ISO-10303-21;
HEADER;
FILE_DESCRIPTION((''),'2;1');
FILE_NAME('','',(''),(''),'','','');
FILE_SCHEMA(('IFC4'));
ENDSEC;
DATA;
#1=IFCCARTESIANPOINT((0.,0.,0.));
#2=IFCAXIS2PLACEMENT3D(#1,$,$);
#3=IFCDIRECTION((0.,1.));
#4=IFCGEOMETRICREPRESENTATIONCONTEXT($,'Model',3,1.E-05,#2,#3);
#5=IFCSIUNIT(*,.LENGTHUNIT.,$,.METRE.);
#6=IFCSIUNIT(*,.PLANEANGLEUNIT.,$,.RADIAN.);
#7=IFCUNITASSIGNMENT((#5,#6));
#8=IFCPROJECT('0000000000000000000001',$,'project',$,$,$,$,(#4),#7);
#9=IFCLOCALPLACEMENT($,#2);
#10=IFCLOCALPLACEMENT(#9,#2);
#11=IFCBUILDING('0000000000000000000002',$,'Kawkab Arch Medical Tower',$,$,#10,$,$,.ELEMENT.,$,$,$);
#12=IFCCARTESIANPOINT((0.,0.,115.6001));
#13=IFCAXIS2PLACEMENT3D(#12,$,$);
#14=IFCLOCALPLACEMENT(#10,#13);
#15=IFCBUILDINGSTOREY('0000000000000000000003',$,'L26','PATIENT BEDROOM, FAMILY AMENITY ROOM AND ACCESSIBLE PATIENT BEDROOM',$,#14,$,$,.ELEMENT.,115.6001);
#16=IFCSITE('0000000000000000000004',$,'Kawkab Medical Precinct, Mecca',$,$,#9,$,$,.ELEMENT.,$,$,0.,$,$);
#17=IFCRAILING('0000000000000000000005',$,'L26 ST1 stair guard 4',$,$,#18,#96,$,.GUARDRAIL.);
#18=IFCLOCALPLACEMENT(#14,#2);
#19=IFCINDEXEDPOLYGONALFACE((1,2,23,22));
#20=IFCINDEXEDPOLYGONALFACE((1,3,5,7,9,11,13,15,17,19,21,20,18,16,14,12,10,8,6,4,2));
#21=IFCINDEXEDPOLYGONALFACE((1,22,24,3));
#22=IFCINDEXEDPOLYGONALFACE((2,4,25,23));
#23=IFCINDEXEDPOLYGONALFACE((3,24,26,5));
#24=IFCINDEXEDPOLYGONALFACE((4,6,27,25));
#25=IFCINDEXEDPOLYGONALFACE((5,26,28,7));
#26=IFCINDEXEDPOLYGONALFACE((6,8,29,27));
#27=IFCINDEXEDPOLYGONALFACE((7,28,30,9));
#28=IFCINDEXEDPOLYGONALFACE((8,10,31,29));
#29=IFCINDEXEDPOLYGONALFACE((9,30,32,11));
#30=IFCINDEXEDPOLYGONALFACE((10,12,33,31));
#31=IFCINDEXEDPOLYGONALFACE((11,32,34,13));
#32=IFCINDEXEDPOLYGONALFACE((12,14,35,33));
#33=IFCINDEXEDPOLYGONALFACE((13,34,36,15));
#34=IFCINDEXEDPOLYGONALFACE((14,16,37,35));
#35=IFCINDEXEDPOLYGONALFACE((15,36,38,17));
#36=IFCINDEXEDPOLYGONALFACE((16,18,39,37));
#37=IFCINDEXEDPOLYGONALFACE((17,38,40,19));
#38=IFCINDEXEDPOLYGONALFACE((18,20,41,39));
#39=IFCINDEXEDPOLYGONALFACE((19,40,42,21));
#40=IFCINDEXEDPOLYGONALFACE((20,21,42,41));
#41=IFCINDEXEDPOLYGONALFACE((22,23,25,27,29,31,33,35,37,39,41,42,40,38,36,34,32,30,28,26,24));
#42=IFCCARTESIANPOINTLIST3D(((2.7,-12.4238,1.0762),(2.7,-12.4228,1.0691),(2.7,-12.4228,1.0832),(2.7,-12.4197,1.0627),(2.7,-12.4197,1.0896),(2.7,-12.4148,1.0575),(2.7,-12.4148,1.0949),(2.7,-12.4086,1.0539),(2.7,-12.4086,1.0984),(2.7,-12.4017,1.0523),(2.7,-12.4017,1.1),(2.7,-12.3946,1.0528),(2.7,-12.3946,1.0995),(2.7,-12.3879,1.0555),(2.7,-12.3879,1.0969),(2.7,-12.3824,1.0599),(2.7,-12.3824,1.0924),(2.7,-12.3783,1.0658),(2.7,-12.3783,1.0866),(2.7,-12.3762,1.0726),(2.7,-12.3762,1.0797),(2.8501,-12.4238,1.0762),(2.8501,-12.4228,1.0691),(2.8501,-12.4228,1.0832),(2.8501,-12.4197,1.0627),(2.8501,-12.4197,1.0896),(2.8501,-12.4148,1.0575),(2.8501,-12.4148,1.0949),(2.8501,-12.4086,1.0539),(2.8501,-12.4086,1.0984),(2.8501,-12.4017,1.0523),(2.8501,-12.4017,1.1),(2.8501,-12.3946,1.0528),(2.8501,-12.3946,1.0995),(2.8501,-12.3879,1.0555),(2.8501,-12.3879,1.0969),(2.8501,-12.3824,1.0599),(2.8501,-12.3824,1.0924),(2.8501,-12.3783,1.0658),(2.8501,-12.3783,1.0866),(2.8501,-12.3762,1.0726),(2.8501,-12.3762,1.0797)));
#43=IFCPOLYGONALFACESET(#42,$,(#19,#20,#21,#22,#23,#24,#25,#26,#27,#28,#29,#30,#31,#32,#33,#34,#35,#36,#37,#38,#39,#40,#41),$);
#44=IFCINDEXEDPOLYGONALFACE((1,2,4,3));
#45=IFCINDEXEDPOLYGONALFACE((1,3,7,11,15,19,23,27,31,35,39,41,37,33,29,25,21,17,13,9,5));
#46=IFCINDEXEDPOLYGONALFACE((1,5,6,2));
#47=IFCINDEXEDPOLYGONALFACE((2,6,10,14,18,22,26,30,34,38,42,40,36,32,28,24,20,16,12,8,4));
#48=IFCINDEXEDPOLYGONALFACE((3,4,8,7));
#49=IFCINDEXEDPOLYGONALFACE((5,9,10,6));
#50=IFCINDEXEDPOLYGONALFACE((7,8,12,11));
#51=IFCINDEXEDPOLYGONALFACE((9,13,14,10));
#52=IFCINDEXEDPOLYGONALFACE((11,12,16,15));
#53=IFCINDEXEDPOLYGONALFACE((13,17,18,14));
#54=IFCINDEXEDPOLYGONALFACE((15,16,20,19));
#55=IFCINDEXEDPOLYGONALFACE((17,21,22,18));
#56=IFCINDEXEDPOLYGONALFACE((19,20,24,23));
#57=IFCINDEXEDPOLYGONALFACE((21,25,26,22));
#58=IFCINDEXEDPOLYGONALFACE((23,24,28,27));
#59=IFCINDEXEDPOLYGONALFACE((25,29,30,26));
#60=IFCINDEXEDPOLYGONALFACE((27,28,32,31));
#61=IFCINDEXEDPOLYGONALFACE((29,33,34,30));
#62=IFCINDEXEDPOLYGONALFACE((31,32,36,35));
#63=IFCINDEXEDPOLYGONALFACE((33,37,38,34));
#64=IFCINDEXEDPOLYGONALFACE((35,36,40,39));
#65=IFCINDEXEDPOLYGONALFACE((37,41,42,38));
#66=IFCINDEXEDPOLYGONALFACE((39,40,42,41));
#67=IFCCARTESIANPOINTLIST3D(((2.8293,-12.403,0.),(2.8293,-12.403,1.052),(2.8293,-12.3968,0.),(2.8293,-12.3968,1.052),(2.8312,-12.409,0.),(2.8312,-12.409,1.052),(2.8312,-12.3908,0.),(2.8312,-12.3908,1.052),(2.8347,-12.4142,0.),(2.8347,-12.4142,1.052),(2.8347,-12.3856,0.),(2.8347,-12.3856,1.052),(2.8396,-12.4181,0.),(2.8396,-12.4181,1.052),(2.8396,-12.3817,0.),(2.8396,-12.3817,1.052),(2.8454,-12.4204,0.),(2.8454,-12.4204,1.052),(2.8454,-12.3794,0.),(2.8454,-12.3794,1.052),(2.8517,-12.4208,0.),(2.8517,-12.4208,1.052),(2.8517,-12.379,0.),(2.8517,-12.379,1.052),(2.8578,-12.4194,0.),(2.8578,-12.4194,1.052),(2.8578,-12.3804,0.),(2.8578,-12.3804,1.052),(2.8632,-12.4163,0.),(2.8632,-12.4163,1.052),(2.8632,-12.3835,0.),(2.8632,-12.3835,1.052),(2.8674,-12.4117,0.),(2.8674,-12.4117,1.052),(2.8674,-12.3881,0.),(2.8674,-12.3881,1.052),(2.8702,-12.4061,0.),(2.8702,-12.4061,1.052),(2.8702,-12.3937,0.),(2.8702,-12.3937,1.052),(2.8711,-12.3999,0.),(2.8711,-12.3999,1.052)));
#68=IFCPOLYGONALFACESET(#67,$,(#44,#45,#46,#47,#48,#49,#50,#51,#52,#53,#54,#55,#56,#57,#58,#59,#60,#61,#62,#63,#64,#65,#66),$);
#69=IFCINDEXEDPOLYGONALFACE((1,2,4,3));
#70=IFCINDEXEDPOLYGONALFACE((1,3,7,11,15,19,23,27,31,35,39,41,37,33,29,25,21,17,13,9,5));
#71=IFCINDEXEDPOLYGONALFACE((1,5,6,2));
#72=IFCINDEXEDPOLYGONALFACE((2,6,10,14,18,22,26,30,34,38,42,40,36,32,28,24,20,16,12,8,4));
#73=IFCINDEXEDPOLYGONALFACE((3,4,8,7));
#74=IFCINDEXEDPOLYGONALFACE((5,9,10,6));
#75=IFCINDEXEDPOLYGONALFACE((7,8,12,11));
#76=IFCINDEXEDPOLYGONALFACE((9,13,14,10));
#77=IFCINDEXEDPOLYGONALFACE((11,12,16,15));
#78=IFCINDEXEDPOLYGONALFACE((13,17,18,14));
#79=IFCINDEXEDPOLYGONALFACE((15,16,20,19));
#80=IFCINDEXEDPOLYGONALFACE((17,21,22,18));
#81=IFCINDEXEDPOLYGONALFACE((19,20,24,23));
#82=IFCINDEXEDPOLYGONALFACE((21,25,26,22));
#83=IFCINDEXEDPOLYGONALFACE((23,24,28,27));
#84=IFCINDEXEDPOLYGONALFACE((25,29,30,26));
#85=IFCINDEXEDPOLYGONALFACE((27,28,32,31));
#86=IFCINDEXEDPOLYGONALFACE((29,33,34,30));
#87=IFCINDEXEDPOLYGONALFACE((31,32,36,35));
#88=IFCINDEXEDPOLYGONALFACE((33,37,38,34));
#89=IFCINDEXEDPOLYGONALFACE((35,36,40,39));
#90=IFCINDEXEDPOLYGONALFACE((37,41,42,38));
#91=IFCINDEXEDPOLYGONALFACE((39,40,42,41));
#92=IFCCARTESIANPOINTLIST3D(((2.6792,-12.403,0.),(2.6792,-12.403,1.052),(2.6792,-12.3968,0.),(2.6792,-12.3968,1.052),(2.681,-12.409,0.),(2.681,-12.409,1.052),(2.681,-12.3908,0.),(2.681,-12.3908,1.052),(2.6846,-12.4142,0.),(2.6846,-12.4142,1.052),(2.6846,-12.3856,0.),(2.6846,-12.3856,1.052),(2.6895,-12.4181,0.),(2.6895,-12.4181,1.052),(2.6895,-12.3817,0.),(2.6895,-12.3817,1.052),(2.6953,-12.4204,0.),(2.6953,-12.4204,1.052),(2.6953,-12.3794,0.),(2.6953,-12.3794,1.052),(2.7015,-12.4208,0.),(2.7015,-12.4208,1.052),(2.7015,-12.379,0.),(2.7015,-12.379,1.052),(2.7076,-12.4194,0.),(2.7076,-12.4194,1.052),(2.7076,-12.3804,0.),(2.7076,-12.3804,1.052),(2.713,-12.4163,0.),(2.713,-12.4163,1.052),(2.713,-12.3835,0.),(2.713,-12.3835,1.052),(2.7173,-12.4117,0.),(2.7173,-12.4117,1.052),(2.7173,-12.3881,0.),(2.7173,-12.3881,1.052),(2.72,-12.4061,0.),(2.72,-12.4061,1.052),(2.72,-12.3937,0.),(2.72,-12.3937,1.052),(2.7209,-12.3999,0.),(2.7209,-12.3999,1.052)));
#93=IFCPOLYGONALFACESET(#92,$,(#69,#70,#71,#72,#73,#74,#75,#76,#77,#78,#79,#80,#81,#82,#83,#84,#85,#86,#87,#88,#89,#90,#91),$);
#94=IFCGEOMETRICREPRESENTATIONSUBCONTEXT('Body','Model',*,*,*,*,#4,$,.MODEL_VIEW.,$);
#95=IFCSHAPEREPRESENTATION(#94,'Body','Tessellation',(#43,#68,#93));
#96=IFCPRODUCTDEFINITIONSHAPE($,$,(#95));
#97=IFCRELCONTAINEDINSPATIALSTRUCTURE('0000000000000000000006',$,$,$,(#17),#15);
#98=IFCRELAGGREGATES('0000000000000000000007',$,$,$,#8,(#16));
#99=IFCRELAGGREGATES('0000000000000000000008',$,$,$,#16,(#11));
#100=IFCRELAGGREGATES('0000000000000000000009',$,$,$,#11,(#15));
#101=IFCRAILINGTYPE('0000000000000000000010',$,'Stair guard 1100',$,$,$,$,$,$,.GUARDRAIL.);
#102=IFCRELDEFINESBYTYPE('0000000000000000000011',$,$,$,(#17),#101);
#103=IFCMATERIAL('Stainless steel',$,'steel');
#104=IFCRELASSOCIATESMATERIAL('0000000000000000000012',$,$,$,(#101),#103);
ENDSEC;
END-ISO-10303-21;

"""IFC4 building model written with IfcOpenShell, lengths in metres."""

from ifc_helpers import new_model, si_unit, direction, frame, origin, origin_2d, place, context, subcontext, project, spatial, circle, extrude, material, type_object, element, save


model = new_model("IFC4")

# Units and contexts
model_context = context("Model", 3, precision=1e-05, world=origin(), true_north=direction((0.0, 1.0)))
body_context = subcontext(model_context, "Body", "Model", "MODEL_VIEW")
ifc_project = project(units=[si_unit("LENGTHUNIT", "METRE"), si_unit("PLANEANGLEUNIT", "RADIAN")], contexts=[model_context])

# Site, building, storey
site_placement = place(None, origin())
site = spatial("IfcSite", under=ifc_project, at=site_placement, Name="Kawkab Medical Precinct, Mecca", CompositionType="ELEMENT", RefElevation=0.0)
building_placement = place(site_placement, origin())
building = spatial("IfcBuilding", under=site, at=building_placement, Name="Kawkab Arch Medical Tower", CompositionType="ELEMENT")
storey_placement = place(building_placement, frame((0.0, 0.0, 115.6001)))
storey = spatial("IfcBuildingStorey", under=building, at=storey_placement, Name="L26", Description="PATIENT BEDROOM, FAMILY AMENITY ROOM AND ACCESSIBLE PATIENT BEDROOM", CompositionType="ELEMENT", Elevation=115.6001)

# Railing
ifc_material_1 = material(Name="Stainless steel", Category="steel")
railing_type_1 = type_object("IfcRailingType", Name="Stair guard 1100", PredefinedType="GUARDRAIL", material=ifc_material_1)
railing_1_placement = place(storey_placement, frame((2.8501, -12.3999, 0.0)))
element("IfcRailing", 1, at=railing_1_placement, inside=storey, type_object=railing_type_1, Name="L26 ST1 stair guard 4", PredefinedType="GUARDRAIL", context=body_context, shape_type="SweptSolid", body=[
    extrude(circle(Radius=0.0239, at=origin_2d()), frame((0.0, 0.0, 1.0762), z_axis=(-1.0, 0.0, 0.0), x_axis=(0.0, -1.0, 0.0)), (0.0, 0.0, 1.0), 0.1501),
    extrude(circle(Radius=0.021, at=origin_2d()), origin(), (0.0, 0.0, 1.0), 1.052),
    extrude(circle(Radius=0.021, at=origin_2d()), frame((-0.1501, 0.0, 0.0)), (0.0, 0.0, 1.0), 1.052),
])

save(model, "model.ifc")
